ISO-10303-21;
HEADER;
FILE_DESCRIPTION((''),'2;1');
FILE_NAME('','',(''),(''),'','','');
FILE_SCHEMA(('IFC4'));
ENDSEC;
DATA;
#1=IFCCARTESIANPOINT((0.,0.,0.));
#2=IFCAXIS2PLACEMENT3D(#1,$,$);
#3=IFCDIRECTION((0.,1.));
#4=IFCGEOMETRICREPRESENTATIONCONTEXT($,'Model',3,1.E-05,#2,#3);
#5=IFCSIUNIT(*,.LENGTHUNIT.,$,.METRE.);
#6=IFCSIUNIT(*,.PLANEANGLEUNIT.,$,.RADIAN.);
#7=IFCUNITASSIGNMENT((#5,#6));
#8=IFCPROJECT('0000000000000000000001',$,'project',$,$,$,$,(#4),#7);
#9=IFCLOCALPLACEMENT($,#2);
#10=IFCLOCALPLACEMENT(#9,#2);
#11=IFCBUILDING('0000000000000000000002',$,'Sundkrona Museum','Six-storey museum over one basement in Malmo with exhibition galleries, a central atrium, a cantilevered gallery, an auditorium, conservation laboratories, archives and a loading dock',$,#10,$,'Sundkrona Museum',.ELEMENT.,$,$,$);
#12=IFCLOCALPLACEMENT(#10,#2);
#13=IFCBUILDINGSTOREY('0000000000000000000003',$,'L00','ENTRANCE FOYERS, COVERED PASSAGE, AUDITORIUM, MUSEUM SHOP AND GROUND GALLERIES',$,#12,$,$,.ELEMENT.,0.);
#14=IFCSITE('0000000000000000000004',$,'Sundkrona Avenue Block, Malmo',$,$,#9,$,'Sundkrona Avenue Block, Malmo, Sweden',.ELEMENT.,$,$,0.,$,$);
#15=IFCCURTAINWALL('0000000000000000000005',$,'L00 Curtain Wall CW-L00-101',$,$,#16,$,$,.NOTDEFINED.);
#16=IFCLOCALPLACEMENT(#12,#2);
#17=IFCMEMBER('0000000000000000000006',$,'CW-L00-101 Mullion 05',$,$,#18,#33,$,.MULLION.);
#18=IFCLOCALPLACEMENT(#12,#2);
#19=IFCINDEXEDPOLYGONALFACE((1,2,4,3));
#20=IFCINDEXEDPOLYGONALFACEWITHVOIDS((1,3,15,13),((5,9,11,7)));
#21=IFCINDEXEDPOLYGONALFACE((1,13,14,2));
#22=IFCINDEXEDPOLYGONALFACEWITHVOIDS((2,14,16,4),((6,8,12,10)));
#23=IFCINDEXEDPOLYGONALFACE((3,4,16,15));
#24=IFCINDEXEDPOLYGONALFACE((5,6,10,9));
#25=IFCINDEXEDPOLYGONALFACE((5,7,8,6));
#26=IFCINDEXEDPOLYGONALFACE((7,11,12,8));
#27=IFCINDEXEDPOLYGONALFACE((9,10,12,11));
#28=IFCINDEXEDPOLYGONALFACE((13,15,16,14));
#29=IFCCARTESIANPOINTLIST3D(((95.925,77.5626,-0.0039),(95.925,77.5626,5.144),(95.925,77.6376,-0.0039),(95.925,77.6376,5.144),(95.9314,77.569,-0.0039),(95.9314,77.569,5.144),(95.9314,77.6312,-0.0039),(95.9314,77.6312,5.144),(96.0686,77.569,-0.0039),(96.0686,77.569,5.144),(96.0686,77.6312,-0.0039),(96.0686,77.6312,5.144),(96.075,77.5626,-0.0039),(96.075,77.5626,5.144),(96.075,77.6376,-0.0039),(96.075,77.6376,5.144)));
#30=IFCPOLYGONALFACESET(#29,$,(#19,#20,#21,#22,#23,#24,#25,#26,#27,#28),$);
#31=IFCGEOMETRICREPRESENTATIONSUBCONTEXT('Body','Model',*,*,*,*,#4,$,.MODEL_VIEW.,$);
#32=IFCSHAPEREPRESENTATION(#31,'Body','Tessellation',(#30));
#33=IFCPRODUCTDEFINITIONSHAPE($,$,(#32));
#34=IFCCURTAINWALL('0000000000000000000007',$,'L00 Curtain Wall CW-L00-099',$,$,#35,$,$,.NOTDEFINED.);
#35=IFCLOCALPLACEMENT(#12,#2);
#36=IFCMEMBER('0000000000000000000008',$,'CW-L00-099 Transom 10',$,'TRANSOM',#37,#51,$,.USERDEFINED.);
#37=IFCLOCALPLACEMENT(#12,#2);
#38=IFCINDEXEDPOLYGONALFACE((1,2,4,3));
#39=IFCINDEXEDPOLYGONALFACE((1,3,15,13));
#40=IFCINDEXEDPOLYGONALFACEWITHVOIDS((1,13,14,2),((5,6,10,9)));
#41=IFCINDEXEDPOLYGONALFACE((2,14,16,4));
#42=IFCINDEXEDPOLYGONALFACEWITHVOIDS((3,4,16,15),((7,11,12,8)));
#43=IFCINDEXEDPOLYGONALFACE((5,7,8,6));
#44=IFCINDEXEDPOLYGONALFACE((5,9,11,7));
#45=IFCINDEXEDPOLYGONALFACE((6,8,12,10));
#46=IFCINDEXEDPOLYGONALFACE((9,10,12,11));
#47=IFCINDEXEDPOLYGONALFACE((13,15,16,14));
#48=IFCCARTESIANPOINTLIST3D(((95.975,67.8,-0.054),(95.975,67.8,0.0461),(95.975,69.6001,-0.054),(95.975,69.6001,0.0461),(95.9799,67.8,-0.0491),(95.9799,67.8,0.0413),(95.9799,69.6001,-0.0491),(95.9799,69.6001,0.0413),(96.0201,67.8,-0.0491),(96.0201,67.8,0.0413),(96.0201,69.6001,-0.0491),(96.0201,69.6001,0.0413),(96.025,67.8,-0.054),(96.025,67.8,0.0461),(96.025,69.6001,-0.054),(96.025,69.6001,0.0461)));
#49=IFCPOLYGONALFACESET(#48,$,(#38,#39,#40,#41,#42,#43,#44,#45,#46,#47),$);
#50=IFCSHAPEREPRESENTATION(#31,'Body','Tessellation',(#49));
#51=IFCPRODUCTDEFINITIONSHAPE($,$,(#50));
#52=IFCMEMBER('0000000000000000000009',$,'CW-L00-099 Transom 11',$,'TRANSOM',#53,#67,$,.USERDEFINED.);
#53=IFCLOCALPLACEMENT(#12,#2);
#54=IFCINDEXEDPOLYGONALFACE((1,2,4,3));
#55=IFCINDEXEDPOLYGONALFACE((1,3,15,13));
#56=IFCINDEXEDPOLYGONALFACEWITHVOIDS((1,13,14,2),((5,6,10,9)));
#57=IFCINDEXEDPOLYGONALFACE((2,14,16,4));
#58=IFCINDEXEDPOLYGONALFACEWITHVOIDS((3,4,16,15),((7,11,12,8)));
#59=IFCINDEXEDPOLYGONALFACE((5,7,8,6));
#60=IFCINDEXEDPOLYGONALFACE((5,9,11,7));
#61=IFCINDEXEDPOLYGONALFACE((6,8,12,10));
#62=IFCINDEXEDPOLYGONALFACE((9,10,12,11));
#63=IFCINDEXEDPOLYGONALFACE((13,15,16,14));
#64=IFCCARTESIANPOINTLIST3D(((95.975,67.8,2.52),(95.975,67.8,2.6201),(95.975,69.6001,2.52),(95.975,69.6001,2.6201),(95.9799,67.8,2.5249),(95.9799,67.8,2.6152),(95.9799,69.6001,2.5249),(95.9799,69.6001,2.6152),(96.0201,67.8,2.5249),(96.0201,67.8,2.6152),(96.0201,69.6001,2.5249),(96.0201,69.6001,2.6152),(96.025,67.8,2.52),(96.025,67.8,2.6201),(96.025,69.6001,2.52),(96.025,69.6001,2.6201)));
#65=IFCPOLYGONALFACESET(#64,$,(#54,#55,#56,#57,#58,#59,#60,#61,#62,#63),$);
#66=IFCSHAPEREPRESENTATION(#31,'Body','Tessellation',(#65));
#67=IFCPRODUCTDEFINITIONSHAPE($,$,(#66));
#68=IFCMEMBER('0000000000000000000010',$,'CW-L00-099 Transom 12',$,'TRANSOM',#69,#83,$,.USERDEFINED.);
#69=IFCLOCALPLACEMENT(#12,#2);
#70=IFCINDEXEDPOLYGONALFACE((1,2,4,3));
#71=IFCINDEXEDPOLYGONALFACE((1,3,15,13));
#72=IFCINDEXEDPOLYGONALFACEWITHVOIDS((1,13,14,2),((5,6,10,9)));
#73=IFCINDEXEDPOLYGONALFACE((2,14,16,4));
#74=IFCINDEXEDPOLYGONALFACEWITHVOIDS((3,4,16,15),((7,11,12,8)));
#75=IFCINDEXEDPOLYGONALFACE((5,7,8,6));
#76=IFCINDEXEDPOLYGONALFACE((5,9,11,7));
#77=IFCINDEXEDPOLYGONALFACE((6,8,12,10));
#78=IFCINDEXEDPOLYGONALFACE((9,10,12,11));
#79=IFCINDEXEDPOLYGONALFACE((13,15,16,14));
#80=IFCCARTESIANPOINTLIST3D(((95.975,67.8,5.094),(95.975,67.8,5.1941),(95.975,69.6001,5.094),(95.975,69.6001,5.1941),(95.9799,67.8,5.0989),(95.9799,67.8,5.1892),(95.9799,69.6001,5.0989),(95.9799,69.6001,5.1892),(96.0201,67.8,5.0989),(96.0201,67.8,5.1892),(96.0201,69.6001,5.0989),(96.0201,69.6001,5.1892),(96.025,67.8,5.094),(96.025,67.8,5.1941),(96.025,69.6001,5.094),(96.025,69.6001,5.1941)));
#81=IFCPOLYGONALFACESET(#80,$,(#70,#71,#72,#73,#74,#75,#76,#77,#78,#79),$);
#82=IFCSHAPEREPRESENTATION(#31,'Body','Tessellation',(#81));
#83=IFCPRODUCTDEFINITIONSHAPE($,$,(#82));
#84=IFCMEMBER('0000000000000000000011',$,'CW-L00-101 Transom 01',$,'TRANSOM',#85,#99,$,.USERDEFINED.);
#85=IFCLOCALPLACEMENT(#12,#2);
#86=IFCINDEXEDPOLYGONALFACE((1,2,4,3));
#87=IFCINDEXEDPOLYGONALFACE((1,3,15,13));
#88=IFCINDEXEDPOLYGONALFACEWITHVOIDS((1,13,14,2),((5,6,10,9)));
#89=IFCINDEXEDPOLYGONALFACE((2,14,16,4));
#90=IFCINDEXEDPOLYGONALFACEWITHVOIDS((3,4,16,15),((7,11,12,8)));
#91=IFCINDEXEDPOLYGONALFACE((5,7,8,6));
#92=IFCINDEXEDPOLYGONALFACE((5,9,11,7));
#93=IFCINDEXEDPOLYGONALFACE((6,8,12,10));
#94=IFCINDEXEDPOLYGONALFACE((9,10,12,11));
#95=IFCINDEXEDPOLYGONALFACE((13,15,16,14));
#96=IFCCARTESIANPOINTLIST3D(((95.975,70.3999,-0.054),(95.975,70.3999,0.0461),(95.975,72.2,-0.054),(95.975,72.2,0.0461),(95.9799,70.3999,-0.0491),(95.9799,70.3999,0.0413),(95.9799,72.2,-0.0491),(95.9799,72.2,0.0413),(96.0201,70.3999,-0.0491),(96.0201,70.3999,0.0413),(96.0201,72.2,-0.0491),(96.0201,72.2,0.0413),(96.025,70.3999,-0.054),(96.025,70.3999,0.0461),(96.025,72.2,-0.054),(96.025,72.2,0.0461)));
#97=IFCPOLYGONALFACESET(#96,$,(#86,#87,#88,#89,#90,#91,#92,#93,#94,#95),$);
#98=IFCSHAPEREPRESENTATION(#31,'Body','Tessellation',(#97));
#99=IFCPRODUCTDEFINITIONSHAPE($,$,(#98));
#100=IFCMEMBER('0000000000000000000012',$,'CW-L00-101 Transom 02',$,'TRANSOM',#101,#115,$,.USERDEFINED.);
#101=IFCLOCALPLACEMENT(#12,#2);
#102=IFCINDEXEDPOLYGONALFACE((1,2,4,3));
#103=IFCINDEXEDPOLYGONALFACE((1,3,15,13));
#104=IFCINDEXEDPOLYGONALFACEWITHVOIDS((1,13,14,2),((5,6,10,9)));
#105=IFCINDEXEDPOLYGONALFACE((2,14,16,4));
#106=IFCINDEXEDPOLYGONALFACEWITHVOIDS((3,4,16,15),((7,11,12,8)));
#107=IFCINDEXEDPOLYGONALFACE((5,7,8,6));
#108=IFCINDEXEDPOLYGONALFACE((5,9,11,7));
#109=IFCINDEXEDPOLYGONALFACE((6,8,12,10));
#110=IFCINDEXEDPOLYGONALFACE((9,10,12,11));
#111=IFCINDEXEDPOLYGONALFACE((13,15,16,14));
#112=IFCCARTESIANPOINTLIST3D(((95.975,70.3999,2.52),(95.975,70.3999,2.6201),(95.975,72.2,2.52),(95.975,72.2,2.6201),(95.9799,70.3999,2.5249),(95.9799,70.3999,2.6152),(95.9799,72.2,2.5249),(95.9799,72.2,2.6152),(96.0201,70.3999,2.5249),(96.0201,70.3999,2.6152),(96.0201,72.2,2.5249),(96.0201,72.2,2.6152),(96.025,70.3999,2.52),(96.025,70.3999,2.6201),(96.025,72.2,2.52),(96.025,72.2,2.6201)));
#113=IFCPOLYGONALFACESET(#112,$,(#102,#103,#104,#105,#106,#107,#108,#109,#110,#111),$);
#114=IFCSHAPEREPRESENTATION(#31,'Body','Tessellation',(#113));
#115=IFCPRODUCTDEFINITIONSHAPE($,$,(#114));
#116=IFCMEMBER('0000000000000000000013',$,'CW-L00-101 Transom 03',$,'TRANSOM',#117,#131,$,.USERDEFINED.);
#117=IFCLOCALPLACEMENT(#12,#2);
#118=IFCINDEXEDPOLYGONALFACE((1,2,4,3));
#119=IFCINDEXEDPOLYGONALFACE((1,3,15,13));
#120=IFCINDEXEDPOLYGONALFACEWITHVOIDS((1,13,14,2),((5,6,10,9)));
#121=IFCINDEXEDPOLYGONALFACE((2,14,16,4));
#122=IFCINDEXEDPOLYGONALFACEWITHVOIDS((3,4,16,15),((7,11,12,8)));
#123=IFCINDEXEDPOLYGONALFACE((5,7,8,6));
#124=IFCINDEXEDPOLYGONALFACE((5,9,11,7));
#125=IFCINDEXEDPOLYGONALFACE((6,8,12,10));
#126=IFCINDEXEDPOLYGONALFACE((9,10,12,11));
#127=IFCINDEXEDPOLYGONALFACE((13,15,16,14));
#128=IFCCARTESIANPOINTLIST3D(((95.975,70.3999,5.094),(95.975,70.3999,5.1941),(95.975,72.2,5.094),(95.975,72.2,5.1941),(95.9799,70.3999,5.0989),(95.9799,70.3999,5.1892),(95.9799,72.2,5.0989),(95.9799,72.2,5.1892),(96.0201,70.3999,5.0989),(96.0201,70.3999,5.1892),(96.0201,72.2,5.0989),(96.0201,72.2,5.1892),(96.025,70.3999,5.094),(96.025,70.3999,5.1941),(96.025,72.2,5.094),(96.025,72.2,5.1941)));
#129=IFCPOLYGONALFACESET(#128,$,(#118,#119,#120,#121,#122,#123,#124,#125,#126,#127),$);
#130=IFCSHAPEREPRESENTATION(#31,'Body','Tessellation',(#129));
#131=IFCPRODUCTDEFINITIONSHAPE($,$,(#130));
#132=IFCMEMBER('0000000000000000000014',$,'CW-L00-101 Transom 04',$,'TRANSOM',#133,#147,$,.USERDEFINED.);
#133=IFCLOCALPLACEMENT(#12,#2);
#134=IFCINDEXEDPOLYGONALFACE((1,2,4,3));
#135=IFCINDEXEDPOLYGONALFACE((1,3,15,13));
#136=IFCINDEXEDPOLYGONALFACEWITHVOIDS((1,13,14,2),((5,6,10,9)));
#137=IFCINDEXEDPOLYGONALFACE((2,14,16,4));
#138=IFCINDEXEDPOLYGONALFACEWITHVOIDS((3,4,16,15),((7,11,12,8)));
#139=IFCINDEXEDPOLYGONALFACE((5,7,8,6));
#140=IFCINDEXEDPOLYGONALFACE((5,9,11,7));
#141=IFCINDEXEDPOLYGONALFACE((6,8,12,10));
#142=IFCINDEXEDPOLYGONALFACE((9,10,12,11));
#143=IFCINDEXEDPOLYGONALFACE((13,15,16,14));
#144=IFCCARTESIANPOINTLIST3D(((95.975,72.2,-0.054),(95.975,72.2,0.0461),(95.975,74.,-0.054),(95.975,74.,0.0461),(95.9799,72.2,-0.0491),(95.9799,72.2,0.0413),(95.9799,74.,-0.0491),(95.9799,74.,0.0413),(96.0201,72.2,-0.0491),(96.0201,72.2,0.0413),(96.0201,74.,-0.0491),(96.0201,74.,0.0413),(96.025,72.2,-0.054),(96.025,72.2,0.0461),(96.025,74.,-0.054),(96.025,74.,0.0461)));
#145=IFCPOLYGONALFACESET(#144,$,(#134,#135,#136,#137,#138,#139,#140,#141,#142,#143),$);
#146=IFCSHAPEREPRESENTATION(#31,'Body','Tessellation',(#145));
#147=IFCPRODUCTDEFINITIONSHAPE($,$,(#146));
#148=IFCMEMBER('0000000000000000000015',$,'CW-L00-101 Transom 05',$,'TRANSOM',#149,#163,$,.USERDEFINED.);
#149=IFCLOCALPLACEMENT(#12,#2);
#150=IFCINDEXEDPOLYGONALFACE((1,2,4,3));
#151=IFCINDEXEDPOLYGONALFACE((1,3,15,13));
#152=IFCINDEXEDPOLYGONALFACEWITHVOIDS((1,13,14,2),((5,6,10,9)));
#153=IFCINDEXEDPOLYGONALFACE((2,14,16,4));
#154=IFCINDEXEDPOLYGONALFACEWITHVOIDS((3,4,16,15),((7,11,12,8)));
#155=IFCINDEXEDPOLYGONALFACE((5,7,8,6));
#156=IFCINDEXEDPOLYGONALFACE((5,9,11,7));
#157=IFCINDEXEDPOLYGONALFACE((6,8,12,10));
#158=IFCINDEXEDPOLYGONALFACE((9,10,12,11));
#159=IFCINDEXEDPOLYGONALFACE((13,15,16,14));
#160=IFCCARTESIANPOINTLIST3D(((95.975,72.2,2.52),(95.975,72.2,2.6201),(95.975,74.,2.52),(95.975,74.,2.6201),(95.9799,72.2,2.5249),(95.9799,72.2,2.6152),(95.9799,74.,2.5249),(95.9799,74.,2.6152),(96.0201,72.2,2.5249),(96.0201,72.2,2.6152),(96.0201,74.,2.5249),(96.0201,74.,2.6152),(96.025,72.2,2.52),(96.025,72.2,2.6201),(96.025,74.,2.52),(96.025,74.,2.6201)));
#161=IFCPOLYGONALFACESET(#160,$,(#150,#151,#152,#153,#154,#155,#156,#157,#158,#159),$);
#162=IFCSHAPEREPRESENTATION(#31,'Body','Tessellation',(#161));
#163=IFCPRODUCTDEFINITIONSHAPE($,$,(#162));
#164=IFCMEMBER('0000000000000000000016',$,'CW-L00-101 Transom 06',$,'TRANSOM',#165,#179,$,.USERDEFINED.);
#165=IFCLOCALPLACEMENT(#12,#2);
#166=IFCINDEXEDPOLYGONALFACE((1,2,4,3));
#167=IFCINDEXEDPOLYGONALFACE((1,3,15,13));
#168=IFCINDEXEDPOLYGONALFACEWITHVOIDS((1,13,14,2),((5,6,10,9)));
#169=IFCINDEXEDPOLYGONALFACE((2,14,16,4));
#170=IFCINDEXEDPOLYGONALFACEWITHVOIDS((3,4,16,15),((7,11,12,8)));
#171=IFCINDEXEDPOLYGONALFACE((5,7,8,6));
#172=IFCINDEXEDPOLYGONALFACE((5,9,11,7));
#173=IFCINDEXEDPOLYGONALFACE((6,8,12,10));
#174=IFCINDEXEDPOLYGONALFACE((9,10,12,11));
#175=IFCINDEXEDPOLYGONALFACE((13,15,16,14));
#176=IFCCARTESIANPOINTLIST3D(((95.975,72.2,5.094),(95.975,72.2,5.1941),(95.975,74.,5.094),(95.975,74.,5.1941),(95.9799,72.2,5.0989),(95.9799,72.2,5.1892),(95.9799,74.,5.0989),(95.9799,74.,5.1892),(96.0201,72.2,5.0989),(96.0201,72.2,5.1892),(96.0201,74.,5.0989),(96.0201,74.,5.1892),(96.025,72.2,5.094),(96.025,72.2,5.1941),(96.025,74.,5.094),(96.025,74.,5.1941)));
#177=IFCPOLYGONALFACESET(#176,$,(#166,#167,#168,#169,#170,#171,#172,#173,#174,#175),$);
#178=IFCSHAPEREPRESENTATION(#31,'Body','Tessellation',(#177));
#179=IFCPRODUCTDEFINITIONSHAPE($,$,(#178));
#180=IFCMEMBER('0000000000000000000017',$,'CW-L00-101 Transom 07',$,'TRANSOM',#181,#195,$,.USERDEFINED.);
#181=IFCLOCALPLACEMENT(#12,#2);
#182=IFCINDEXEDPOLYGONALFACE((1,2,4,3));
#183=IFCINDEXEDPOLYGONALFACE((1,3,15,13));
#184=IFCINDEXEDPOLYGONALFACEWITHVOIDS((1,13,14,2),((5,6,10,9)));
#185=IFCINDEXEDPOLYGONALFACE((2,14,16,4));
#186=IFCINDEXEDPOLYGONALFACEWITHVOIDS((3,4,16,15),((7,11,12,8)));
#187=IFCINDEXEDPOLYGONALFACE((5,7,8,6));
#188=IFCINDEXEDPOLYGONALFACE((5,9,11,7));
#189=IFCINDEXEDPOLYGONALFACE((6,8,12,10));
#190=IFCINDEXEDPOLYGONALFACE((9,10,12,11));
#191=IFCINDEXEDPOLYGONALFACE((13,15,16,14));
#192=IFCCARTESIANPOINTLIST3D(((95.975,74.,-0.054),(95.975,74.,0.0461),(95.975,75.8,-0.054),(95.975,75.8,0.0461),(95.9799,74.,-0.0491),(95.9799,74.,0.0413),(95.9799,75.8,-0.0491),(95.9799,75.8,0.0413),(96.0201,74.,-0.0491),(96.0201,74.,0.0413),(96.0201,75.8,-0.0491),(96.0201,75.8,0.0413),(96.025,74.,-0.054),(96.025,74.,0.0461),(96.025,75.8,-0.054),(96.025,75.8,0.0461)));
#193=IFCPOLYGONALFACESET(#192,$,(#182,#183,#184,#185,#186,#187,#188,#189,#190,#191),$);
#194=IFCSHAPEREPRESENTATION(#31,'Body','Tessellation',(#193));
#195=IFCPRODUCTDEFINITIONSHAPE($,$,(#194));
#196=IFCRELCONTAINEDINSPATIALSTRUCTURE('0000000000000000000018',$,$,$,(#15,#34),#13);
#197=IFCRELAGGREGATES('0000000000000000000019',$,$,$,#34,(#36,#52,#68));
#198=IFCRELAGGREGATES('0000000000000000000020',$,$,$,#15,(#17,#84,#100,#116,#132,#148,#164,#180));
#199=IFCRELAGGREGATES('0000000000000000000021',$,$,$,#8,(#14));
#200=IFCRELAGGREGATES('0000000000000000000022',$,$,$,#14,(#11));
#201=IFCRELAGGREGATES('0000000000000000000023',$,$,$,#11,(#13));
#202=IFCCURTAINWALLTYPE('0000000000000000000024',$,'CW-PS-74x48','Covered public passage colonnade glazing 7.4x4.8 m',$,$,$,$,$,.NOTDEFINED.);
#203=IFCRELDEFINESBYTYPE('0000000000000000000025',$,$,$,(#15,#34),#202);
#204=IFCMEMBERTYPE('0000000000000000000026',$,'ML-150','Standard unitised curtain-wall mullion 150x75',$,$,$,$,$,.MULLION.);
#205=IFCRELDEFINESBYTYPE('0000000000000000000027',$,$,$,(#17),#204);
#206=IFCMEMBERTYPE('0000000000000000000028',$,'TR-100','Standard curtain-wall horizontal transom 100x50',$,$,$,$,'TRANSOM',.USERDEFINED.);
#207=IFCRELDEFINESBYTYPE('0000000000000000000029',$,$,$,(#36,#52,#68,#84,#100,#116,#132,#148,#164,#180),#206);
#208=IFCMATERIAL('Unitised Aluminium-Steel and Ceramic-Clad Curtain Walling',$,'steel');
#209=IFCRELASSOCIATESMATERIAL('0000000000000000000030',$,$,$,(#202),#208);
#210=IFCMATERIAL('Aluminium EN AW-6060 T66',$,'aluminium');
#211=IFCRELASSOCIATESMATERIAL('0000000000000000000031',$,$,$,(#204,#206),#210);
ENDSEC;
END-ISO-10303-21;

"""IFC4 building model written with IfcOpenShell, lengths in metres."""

from ifc_helpers import new_model, si_unit, direction, frame, origin, origin_2d, place, context, subcontext, project, spatial, hollow_rectangle, extrude, material, material_profile, profile_set, type_object, element, aggregate, save


model = new_model("IFC4")

# Units and contexts
model_context = context("Model", 3, precision=1e-05, world=origin(), true_north=direction((0.0, 1.0)))
body_context = subcontext(model_context, "Body", "Model", "MODEL_VIEW")
ifc_project = project(units=[si_unit("LENGTHUNIT", "METRE"), si_unit("PLANEANGLEUNIT", "RADIAN")], contexts=[model_context])

# Site, building, storey
site_placement = place(None, origin())
site = spatial("IfcSite", under=ifc_project, at=site_placement, Name="Sundkrona Avenue Block, Malmo", LongName="Sundkrona Avenue Block, Malmo, Sweden", CompositionType="ELEMENT", RefElevation=0.0)
building_placement = place(site_placement, origin())
building = spatial("IfcBuilding", under=site, at=building_placement, Name="Sundkrona Museum", Description="Six-storey museum over one basement in Malmo with exhibition galleries, a central atrium, a cantilevered gallery, an auditorium, conservation laboratories, archives and a loading dock", LongName="Sundkrona Museum", CompositionType="ELEMENT")
storey_placement = place(building_placement, origin())
storey = spatial("IfcBuildingStorey", under=building, at=storey_placement, Name="L00", Description="ENTRANCE FOYERS, COVERED PASSAGE, AUDITORIUM, MUSEUM SHOP AND GROUND GALLERIES", CompositionType="ELEMENT", Elevation=0.0)

# Curtain walls, members
ifc_material_1 = material(Name="Unitised Aluminium-Steel and Ceramic-Clad Curtain Walling", Category="steel")
curtain_wall_type = type_object("IfcCurtainWallType", Name="CW-PS-74x48", Description="Covered public passage colonnade glazing 7.4x4.8 m", PredefinedType="NOTDEFINED", material=ifc_material_1)
curtain_wall_1_placement = place(storey_placement, origin())
curtain_wall_1 = element("IfcCurtainWall", 1, at=curtain_wall_1_placement, inside=storey, type_object=curtain_wall_type, Name="L00 Curtain Wall CW-L00-101", PredefinedType="NOTDEFINED")
ifc_material_2 = material(Name="Aluminium EN AW-6060 T66", Category="aluminium")
ifc_material_profile_1 = material_profile(ifc_material_2, hollow_rectangle(XDim=0.075, YDim=0.1499, WallThickness=0.0063, at=origin_2d()), Name="RHS 150x75x6.3")
ifc_profile_set_1 = profile_set([ifc_material_profile_1], Name="Aluminium EN AW-6060 T66")
member_type_1 = type_object("IfcMemberType", Name="ML-150", Description="Standard unitised curtain-wall mullion 150x75", PredefinedType="MULLION", material=ifc_profile_set_1)
member_1_placement = place(storey_placement, frame((96.0, 77.6001, -0.0039), z_axis=(0.0, 0.0, 1.0), x_axis=(0.0, 1.0, 0.0)))
member_1 = element("IfcMember", 2, at=member_1_placement, type_object=member_type_1, Name="CW-L00-101 Mullion 05", PredefinedType="MULLION", context=body_context, shape_type="SweptSolid", body=[
    extrude(hollow_rectangle(XDim=0.075, YDim=0.1499, WallThickness=0.0063, at=origin_2d()), origin(), (0.0, 0.0, 1.0), 5.1479),
])
curtain_wall_2_placement = place(storey_placement, origin())
curtain_wall_2 = element("IfcCurtainWall", 3, at=curtain_wall_2_placement, inside=storey, type_object=curtain_wall_type, Name="L00 Curtain Wall CW-L00-099", PredefinedType="NOTDEFINED")
ifc_material_profile_2 = material_profile(ifc_material_2, hollow_rectangle(XDim=0.05, YDim=0.1001, WallThickness=0.0049, at=origin_2d()), Name="RHS 100x50x5.0")
ifc_profile_set_2 = profile_set([ifc_material_profile_2], Name="Aluminium EN AW-6060 T66")
member_type_2 = type_object("IfcMemberType", Name="TR-100", Description="Standard curtain-wall horizontal transom 100x50", ElementType="TRANSOM", PredefinedType="USERDEFINED", material=ifc_profile_set_2)
member_2_placement = place(storey_placement, frame((96.0, 67.8, -0.0039), z_axis=(0.0, 1.0, 0.0), x_axis=(-1.0, 0.0, 0.0)))
member_2 = element("IfcMember", 4, at=member_2_placement, type_object=member_type_2, Name="CW-L00-099 Transom 10", ObjectType="TRANSOM", PredefinedType="USERDEFINED", context=body_context, shape_type="SweptSolid", body=[
    extrude(hollow_rectangle(XDim=0.05, YDim=0.1001, WallThickness=0.0049, at=origin_2d()), origin(), (0.0, 0.0, 1.0), 1.8),
])
member_3_placement = place(storey_placement, frame((96.0, 67.8, 2.5701), z_axis=(0.0, 1.0, 0.0), x_axis=(-1.0, 0.0, 0.0)))
member_3 = element("IfcMember", 5, at=member_3_placement, type_object=member_type_2, Name="CW-L00-099 Transom 11", ObjectType="TRANSOM", PredefinedType="USERDEFINED", context=body_context, shape_type="SweptSolid", body=[
    extrude(hollow_rectangle(XDim=0.05, YDim=0.1001, WallThickness=0.0049, at=origin_2d()), origin(), (0.0, 0.0, 1.0), 1.8),
])
member_4_placement = place(storey_placement, frame((96.0, 67.8, 5.144), z_axis=(0.0, 1.0, 0.0), x_axis=(-1.0, 0.0, 0.0)))
member_4 = element("IfcMember", 6, at=member_4_placement, type_object=member_type_2, Name="CW-L00-099 Transom 12", ObjectType="TRANSOM", PredefinedType="USERDEFINED", context=body_context, shape_type="SweptSolid", body=[
    extrude(hollow_rectangle(XDim=0.05, YDim=0.1001, WallThickness=0.0049, at=origin_2d()), origin(), (0.0, 0.0, 1.0), 1.8),
])

# Members
member_5_placement = place(storey_placement, frame((96.0, 70.3999, -0.0039), z_axis=(0.0, 1.0, 0.0), x_axis=(-1.0, 0.0, 0.0)))
member_5 = element("IfcMember", 7, at=member_5_placement, type_object=member_type_2, Name="CW-L00-101 Transom 01", ObjectType="TRANSOM", PredefinedType="USERDEFINED", context=body_context, shape_type="SweptSolid", body=[
    extrude(hollow_rectangle(XDim=0.05, YDim=0.1001, WallThickness=0.0049, at=origin_2d()), origin(), (0.0, 0.0, 1.0), 1.8),
])
member_6_placement = place(storey_placement, frame((96.0, 70.3999, 2.5701), z_axis=(0.0, 1.0, 0.0), x_axis=(-1.0, 0.0, 0.0)))
member_6 = element("IfcMember", 8, at=member_6_placement, type_object=member_type_2, Name="CW-L00-101 Transom 02", ObjectType="TRANSOM", PredefinedType="USERDEFINED", context=body_context, shape_type="SweptSolid", body=[
    extrude(hollow_rectangle(XDim=0.05, YDim=0.1001, WallThickness=0.0049, at=origin_2d()), origin(), (0.0, 0.0, 1.0), 1.8),
])
member_7_placement = place(storey_placement, frame((96.0, 70.3999, 5.144), z_axis=(0.0, 1.0, 0.0), x_axis=(-1.0, 0.0, 0.0)))
member_7 = element("IfcMember", 9, at=member_7_placement, type_object=member_type_2, Name="CW-L00-101 Transom 03", ObjectType="TRANSOM", PredefinedType="USERDEFINED", context=body_context, shape_type="SweptSolid", body=[
    extrude(hollow_rectangle(XDim=0.05, YDim=0.1001, WallThickness=0.0049, at=origin_2d()), origin(), (0.0, 0.0, 1.0), 1.8),
])
member_8_placement = place(storey_placement, frame((96.0, 72.2, -0.0039), z_axis=(0.0, 1.0, 0.0), x_axis=(-1.0, 0.0, 0.0)))
member_8 = element("IfcMember", 10, at=member_8_placement, type_object=member_type_2, Name="CW-L00-101 Transom 04", ObjectType="TRANSOM", PredefinedType="USERDEFINED", context=body_context, shape_type="SweptSolid", body=[
    extrude(hollow_rectangle(XDim=0.05, YDim=0.1001, WallThickness=0.0049, at=origin_2d()), origin(), (0.0, 0.0, 1.0), 1.8),
])
member_9_placement = place(storey_placement, frame((96.0, 72.2, 2.5701), z_axis=(0.0, 1.0, 0.0), x_axis=(-1.0, 0.0, 0.0)))
member_9 = element("IfcMember", 11, at=member_9_placement, type_object=member_type_2, Name="CW-L00-101 Transom 05", ObjectType="TRANSOM", PredefinedType="USERDEFINED", context=body_context, shape_type="SweptSolid", body=[
    extrude(hollow_rectangle(XDim=0.05, YDim=0.1001, WallThickness=0.0049, at=origin_2d()), origin(), (0.0, 0.0, 1.0), 1.8),
])
member_10_placement = place(storey_placement, frame((96.0, 72.2, 5.144), z_axis=(0.0, 1.0, 0.0), x_axis=(-1.0, 0.0, 0.0)))
member_10 = element("IfcMember", 12, at=member_10_placement, type_object=member_type_2, Name="CW-L00-101 Transom 06", ObjectType="TRANSOM", PredefinedType="USERDEFINED", context=body_context, shape_type="SweptSolid", body=[
    extrude(hollow_rectangle(XDim=0.05, YDim=0.1001, WallThickness=0.0049, at=origin_2d()), origin(), (0.0, 0.0, 1.0), 1.8),
])
member_11_placement = place(storey_placement, frame((96.0, 74.0, -0.0039), z_axis=(0.0, 1.0, 0.0), x_axis=(-1.0, 0.0, 0.0)))
member_11 = element("IfcMember", 13, at=member_11_placement, type_object=member_type_2, Name="CW-L00-101 Transom 07", ObjectType="TRANSOM", PredefinedType="USERDEFINED", context=body_context, shape_type="SweptSolid", body=[
    extrude(hollow_rectangle(XDim=0.05, YDim=0.1001, WallThickness=0.0049, at=origin_2d()), origin(), (0.0, 0.0, 1.0), 1.8),
])

aggregate(curtain_wall_2, [member_2, member_3, member_4])
aggregate(curtain_wall_1, [member_1, member_5, member_6, member_7, member_8, member_9, member_10, member_11])

save(model, "model.ifc")
